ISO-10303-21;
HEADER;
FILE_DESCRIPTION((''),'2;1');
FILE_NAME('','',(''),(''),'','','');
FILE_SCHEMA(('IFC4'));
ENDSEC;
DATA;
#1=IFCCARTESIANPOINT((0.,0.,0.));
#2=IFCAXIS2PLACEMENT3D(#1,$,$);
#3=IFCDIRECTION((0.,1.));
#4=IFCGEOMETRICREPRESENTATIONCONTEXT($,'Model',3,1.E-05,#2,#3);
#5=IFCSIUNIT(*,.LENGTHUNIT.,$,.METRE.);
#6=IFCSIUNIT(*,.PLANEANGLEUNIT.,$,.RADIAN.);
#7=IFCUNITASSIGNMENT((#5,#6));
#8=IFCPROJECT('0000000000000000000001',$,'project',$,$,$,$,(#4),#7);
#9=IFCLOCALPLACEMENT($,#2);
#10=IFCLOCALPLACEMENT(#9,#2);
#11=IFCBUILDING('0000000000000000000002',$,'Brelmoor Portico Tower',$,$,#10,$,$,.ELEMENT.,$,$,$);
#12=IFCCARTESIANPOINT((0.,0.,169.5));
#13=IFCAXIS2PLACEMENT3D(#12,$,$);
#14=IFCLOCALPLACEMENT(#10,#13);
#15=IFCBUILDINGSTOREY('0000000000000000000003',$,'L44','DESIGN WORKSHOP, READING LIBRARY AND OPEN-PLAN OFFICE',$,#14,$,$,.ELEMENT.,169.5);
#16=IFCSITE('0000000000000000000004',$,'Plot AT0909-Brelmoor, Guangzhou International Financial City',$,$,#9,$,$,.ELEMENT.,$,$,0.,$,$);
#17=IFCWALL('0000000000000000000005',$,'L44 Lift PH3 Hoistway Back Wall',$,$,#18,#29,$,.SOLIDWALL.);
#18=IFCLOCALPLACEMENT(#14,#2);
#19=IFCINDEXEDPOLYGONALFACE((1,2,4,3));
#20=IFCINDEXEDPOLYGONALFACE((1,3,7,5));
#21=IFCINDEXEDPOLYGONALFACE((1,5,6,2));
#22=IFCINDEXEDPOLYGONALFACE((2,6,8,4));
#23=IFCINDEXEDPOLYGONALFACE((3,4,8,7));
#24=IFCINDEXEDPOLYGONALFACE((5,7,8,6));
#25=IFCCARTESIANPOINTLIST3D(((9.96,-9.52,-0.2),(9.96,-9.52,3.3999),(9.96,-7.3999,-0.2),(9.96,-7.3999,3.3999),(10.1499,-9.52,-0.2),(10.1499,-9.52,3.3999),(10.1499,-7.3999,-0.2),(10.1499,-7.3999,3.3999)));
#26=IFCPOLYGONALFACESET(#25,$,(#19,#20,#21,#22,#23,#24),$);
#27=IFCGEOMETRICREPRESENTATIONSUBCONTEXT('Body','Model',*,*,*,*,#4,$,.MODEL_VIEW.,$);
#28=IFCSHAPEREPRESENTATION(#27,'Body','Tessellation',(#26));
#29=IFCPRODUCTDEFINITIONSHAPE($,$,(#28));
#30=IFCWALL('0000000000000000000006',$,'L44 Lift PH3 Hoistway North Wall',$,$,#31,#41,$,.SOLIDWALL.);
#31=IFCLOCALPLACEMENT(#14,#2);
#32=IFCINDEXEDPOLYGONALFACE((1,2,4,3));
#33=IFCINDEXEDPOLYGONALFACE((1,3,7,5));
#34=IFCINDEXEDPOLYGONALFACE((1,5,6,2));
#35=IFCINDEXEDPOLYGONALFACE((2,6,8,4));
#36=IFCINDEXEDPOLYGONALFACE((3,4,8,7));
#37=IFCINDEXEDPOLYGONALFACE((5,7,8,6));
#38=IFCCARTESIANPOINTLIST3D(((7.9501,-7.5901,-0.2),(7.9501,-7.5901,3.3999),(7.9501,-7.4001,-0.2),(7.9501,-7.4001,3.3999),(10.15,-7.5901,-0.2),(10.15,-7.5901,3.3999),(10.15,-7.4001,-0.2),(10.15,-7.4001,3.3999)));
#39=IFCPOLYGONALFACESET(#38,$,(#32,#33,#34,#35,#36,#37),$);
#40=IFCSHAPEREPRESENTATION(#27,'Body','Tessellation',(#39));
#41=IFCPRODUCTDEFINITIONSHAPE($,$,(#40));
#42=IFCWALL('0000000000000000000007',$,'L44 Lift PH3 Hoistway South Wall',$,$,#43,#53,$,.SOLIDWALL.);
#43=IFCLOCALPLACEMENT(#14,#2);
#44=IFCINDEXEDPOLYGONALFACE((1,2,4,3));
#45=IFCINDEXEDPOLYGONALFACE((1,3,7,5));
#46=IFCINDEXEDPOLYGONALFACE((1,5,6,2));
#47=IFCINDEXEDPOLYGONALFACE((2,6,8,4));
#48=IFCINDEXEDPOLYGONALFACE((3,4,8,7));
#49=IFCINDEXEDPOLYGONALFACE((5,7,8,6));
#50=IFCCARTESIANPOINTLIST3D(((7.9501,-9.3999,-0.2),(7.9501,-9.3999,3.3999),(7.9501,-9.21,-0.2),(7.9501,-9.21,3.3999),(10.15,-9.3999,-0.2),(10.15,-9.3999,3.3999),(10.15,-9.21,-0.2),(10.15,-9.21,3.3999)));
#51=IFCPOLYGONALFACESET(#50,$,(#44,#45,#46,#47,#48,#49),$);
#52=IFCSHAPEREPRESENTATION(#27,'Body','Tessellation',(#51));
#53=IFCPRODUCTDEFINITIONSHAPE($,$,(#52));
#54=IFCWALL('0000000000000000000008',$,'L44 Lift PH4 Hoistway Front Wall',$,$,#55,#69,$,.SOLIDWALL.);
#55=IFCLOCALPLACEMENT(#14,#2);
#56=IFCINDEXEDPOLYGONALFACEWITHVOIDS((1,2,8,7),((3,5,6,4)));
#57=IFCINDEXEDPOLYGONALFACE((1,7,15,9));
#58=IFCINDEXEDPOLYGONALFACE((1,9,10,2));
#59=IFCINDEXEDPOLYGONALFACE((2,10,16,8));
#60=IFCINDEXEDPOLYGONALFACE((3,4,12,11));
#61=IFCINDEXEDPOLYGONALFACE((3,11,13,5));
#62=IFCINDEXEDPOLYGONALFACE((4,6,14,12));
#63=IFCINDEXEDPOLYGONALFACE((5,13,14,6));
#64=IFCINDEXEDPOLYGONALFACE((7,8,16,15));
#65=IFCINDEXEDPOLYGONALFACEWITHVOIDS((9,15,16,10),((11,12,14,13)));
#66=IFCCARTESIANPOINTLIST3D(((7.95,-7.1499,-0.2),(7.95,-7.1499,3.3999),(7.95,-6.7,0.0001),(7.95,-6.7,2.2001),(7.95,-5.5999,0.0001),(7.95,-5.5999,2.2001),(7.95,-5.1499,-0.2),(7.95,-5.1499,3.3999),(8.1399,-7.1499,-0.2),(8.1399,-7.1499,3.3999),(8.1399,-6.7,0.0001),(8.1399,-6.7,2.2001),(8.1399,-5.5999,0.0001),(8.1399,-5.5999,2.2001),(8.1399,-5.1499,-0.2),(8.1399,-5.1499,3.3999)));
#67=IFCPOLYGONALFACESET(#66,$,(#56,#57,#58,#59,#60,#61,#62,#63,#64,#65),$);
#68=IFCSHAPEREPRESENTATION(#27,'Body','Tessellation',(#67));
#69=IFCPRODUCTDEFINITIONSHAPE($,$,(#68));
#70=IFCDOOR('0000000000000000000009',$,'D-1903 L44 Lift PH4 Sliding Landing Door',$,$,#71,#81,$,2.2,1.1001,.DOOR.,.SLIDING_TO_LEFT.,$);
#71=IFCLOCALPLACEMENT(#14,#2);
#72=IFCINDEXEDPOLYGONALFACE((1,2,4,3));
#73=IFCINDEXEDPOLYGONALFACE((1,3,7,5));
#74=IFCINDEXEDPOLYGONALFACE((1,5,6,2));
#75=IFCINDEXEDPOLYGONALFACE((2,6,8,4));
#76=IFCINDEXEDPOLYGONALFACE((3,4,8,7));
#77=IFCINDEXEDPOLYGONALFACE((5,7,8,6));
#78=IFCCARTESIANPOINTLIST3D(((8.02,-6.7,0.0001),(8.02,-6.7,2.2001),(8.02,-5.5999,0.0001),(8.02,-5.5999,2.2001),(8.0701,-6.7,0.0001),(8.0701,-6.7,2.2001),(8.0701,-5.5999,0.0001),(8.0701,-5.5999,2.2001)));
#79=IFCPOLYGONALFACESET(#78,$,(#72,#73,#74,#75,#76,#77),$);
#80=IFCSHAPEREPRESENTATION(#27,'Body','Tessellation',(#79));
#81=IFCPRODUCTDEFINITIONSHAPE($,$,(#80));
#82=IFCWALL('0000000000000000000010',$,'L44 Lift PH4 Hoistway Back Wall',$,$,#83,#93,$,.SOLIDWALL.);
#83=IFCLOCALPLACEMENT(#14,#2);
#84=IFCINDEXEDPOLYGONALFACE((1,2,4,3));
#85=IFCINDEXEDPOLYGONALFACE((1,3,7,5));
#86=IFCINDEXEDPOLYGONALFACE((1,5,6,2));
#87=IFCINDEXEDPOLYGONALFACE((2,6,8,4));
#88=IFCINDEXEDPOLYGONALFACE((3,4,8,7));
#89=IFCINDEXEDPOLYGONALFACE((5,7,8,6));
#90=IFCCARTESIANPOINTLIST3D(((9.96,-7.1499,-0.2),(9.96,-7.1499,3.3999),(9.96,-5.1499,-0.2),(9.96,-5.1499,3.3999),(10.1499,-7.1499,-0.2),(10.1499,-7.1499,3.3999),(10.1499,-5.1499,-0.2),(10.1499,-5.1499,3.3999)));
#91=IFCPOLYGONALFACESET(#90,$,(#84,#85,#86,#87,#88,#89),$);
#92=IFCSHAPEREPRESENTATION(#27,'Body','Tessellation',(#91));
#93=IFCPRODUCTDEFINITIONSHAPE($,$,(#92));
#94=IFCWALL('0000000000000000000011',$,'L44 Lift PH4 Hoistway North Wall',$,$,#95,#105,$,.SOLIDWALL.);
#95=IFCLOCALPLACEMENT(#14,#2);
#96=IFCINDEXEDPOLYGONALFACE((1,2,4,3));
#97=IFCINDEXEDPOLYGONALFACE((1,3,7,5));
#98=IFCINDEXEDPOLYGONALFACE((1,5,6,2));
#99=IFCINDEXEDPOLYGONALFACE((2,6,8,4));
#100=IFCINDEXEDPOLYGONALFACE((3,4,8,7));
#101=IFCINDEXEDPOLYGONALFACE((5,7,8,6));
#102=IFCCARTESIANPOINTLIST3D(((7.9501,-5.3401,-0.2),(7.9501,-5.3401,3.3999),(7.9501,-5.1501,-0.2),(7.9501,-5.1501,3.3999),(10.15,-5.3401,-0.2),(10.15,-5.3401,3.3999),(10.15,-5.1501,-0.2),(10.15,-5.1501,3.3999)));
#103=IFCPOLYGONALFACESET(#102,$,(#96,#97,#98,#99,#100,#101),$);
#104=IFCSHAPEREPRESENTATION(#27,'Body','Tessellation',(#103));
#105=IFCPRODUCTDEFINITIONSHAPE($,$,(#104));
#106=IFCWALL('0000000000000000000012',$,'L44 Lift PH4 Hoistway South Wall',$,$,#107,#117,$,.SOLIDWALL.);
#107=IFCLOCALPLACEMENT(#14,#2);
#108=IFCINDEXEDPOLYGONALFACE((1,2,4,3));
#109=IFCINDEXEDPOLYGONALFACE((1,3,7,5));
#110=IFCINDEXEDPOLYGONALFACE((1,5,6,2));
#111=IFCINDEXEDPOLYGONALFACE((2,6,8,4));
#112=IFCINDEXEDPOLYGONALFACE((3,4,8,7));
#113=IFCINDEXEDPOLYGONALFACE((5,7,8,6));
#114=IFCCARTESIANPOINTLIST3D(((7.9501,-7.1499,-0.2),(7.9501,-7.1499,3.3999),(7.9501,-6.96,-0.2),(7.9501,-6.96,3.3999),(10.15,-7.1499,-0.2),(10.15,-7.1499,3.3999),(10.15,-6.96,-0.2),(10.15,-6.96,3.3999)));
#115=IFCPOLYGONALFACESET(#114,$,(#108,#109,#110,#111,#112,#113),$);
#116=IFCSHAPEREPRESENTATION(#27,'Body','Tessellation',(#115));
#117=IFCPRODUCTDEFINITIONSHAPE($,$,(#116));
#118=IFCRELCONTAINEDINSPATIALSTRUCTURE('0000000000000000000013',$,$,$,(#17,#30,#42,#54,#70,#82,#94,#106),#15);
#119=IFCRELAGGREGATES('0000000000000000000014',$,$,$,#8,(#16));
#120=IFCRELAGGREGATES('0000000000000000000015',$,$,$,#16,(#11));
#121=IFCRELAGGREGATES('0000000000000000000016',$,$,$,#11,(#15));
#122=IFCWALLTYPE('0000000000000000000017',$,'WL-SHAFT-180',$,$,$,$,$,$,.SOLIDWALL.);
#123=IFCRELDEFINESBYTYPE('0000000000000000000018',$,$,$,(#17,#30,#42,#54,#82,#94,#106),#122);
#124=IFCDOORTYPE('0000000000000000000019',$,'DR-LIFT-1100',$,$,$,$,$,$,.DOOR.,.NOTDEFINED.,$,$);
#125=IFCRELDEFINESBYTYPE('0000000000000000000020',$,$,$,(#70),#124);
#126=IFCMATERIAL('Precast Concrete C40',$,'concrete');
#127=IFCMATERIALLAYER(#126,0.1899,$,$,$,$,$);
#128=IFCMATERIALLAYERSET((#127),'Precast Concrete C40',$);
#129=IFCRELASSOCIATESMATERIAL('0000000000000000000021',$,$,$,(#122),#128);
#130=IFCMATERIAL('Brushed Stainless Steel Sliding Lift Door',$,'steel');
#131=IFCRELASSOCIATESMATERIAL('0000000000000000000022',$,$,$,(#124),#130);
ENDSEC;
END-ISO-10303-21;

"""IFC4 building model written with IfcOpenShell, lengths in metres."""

from ifc_helpers import new_model, si_unit, direction, frame, frame_2d, origin, place, context, subcontext, project, spatial, rectangle, extrude, material, layer, layer_set, type_object, element, fill, save


model = new_model("IFC4")

# Units and contexts
model_context = context("Model", 3, precision=1e-05, world=origin(), true_north=direction((0.0, 1.0)))
body_context = subcontext(model_context, "Body", "Model", "MODEL_VIEW")
ifc_project = project(units=[si_unit("LENGTHUNIT", "METRE"), si_unit("PLANEANGLEUNIT", "RADIAN")], contexts=[model_context])

# Site, building, storey
site_placement = place(None, origin())
site = spatial("IfcSite", under=ifc_project, at=site_placement, Name="Plot AT0909-Brelmoor, Guangzhou International Financial City", CompositionType="ELEMENT", RefElevation=0.0)
building_placement = place(site_placement, origin())
building = spatial("IfcBuilding", under=site, at=building_placement, Name="Brelmoor Portico Tower", CompositionType="ELEMENT")
storey_placement = place(building_placement, frame((0.0, 0.0, 169.5)))
storey = spatial("IfcBuildingStorey", under=building, at=storey_placement, Name="L44", Description="DESIGN WORKSHOP, READING LIBRARY AND OPEN-PLAN OFFICE", CompositionType="ELEMENT", Elevation=169.5)

# Shared definitions
ifc_material_1 = material(Name="Precast Concrete C40", Category="concrete")
ifc_layer_1 = layer(ifc_material_1, 0.1899)
ifc_layer_set_1 = layer_set([ifc_layer_1], Name="Precast Concrete C40")
wall_type_1 = type_object("IfcWallType", Name="WL-SHAFT-180", PredefinedType="SOLIDWALL", material=ifc_layer_set_1)
ifc_material_2 = material(Name="Brushed Stainless Steel Sliding Lift Door", Category="steel")
door_type_1 = type_object("IfcDoorType", Name="DR-LIFT-1100", OperationType="NOTDEFINED", PredefinedType="DOOR", material=ifc_material_2)

# Walls
wall_1_placement = place(storey_placement, frame((10.0549, -9.52, -0.2), z_axis=(0.0, 0.0, 1.0), x_axis=(0.0, 1.0, 0.0)))
element("IfcWall", 1, at=wall_1_placement, inside=storey, type_object=wall_type_1, Name="L44 Lift PH3 Hoistway Back Wall", PredefinedType="SOLIDWALL", context=body_context, shape_type="SweptSolid", body=[
    extrude(rectangle(XDim=2.1201, YDim=0.1899, at=frame_2d((1.0601, 0.0))), origin(), (0.0, 0.0, 1.0), 3.5999),
])
for number, where, z_axis, x_axis, name in (
    (2, (7.95, -7.4951, -0.2), (0.0, 0.0, 1.0), (1.0, 0.0, 0.0), "L44 Lift PH3 Hoistway North Wall"),
    (3, (7.95, -9.3049, -0.2), (0.0, 0.0, 1.0), (1.0, 0.0, 0.0), "L44 Lift PH3 Hoistway South Wall"),
):
    element("IfcWall", number, at=place(storey_placement, frame(where, z_axis=z_axis, x_axis=x_axis)), inside=storey, type_object=wall_type_1, Name=name, PredefinedType="SOLIDWALL", context=body_context, shape_type="SweptSolid", body=[
        extrude(rectangle(XDim=2.2, YDim=0.1899, at=frame_2d((1.1001, 0.0))), origin(), (0.0, 0.0, 1.0), 3.5999),
    ])

# Wall, opening, door
wall_2_placement = place(storey_placement, frame((8.0449, -7.1499, -0.2), z_axis=(0.0, 0.0, 1.0), x_axis=(0.0, 1.0, 0.0)))
wall_2 = element("IfcWall", 4, at=wall_2_placement, inside=storey, type_object=wall_type_1, Name="L44 Lift PH4 Hoistway Front Wall", PredefinedType="SOLIDWALL", context=body_context, shape_type="SweptSolid", body=[
    extrude(rectangle(XDim=2.0, YDim=0.1899, at=frame_2d((1.0, 0.0))), origin(), (0.0, 0.0, 1.0), 3.5999),
])
opening_1_placement = place(wall_2_placement, frame((0.45, 0.0, 0.2)))
opening_1 = element("IfcOpeningElement", 5, at=opening_1_placement, cuts=wall_2, PredefinedType="OPENING", context=body_context, shape_type="SweptSolid", body=[
    extrude(rectangle(XDim=1.1001, YDim=2.2, at=frame_2d((0.55, 1.1001))), frame((0.0, 0.105, 0.0), z_axis=(0.0, -1.0, 0.0), x_axis=(1.0, 0.0, 0.0)), (0.0, 0.0, 1.0), 0.21),
])
door_1_placement = place(opening_1_placement, origin())
door_1 = element("IfcDoor", 6, at=door_1_placement, inside=storey, type_object=door_type_1, Name="D-1903 L44 Lift PH4 Sliding Landing Door", OperationType="SLIDING_TO_LEFT", OverallHeight=2.2, OverallWidth=1.1001, PredefinedType="DOOR", context=body_context, shape_type="SweptSolid", body=[
    extrude(rectangle(XDim=1.1001, YDim=2.2, at=frame_2d((0.55, 1.1001))), frame((0.0, 0.0249, 0.0), z_axis=(0.0, -1.0, 0.0), x_axis=(1.0, 0.0, 0.0)), (0.0, 0.0, 1.0), 0.05),
])
fill(opening_1, door_1)

# Walls
wall_3_placement = place(storey_placement, frame((10.0549, -7.1499, -0.2), z_axis=(0.0, 0.0, 1.0), x_axis=(0.0, 1.0, 0.0)))
element("IfcWall", 7, at=wall_3_placement, inside=storey, type_object=wall_type_1, Name="L44 Lift PH4 Hoistway Back Wall", PredefinedType="SOLIDWALL", context=body_context, shape_type="SweptSolid", body=[
    extrude(rectangle(XDim=2.0, YDim=0.1899, at=frame_2d((1.0, 0.0))), origin(), (0.0, 0.0, 1.0), 3.5999),
])
for number, where, z_axis, x_axis, name in (
    (8, (7.95, -5.2451, -0.2), (0.0, 0.0, 1.0), (1.0, 0.0, 0.0), "L44 Lift PH4 Hoistway North Wall"),
    (9, (7.95, -7.0549, -0.2), (0.0, 0.0, 1.0), (1.0, 0.0, 0.0), "L44 Lift PH4 Hoistway South Wall"),
):
    element("IfcWall", number, at=place(storey_placement, frame(where, z_axis=z_axis, x_axis=x_axis)), inside=storey, type_object=wall_type_1, Name=name, PredefinedType="SOLIDWALL", context=body_context, shape_type="SweptSolid", body=[
        extrude(rectangle(XDim=2.2, YDim=0.1899, at=frame_2d((1.1001, 0.0))), origin(), (0.0, 0.0, 1.0), 3.5999),
    ])

save(model, "model.ifc")
